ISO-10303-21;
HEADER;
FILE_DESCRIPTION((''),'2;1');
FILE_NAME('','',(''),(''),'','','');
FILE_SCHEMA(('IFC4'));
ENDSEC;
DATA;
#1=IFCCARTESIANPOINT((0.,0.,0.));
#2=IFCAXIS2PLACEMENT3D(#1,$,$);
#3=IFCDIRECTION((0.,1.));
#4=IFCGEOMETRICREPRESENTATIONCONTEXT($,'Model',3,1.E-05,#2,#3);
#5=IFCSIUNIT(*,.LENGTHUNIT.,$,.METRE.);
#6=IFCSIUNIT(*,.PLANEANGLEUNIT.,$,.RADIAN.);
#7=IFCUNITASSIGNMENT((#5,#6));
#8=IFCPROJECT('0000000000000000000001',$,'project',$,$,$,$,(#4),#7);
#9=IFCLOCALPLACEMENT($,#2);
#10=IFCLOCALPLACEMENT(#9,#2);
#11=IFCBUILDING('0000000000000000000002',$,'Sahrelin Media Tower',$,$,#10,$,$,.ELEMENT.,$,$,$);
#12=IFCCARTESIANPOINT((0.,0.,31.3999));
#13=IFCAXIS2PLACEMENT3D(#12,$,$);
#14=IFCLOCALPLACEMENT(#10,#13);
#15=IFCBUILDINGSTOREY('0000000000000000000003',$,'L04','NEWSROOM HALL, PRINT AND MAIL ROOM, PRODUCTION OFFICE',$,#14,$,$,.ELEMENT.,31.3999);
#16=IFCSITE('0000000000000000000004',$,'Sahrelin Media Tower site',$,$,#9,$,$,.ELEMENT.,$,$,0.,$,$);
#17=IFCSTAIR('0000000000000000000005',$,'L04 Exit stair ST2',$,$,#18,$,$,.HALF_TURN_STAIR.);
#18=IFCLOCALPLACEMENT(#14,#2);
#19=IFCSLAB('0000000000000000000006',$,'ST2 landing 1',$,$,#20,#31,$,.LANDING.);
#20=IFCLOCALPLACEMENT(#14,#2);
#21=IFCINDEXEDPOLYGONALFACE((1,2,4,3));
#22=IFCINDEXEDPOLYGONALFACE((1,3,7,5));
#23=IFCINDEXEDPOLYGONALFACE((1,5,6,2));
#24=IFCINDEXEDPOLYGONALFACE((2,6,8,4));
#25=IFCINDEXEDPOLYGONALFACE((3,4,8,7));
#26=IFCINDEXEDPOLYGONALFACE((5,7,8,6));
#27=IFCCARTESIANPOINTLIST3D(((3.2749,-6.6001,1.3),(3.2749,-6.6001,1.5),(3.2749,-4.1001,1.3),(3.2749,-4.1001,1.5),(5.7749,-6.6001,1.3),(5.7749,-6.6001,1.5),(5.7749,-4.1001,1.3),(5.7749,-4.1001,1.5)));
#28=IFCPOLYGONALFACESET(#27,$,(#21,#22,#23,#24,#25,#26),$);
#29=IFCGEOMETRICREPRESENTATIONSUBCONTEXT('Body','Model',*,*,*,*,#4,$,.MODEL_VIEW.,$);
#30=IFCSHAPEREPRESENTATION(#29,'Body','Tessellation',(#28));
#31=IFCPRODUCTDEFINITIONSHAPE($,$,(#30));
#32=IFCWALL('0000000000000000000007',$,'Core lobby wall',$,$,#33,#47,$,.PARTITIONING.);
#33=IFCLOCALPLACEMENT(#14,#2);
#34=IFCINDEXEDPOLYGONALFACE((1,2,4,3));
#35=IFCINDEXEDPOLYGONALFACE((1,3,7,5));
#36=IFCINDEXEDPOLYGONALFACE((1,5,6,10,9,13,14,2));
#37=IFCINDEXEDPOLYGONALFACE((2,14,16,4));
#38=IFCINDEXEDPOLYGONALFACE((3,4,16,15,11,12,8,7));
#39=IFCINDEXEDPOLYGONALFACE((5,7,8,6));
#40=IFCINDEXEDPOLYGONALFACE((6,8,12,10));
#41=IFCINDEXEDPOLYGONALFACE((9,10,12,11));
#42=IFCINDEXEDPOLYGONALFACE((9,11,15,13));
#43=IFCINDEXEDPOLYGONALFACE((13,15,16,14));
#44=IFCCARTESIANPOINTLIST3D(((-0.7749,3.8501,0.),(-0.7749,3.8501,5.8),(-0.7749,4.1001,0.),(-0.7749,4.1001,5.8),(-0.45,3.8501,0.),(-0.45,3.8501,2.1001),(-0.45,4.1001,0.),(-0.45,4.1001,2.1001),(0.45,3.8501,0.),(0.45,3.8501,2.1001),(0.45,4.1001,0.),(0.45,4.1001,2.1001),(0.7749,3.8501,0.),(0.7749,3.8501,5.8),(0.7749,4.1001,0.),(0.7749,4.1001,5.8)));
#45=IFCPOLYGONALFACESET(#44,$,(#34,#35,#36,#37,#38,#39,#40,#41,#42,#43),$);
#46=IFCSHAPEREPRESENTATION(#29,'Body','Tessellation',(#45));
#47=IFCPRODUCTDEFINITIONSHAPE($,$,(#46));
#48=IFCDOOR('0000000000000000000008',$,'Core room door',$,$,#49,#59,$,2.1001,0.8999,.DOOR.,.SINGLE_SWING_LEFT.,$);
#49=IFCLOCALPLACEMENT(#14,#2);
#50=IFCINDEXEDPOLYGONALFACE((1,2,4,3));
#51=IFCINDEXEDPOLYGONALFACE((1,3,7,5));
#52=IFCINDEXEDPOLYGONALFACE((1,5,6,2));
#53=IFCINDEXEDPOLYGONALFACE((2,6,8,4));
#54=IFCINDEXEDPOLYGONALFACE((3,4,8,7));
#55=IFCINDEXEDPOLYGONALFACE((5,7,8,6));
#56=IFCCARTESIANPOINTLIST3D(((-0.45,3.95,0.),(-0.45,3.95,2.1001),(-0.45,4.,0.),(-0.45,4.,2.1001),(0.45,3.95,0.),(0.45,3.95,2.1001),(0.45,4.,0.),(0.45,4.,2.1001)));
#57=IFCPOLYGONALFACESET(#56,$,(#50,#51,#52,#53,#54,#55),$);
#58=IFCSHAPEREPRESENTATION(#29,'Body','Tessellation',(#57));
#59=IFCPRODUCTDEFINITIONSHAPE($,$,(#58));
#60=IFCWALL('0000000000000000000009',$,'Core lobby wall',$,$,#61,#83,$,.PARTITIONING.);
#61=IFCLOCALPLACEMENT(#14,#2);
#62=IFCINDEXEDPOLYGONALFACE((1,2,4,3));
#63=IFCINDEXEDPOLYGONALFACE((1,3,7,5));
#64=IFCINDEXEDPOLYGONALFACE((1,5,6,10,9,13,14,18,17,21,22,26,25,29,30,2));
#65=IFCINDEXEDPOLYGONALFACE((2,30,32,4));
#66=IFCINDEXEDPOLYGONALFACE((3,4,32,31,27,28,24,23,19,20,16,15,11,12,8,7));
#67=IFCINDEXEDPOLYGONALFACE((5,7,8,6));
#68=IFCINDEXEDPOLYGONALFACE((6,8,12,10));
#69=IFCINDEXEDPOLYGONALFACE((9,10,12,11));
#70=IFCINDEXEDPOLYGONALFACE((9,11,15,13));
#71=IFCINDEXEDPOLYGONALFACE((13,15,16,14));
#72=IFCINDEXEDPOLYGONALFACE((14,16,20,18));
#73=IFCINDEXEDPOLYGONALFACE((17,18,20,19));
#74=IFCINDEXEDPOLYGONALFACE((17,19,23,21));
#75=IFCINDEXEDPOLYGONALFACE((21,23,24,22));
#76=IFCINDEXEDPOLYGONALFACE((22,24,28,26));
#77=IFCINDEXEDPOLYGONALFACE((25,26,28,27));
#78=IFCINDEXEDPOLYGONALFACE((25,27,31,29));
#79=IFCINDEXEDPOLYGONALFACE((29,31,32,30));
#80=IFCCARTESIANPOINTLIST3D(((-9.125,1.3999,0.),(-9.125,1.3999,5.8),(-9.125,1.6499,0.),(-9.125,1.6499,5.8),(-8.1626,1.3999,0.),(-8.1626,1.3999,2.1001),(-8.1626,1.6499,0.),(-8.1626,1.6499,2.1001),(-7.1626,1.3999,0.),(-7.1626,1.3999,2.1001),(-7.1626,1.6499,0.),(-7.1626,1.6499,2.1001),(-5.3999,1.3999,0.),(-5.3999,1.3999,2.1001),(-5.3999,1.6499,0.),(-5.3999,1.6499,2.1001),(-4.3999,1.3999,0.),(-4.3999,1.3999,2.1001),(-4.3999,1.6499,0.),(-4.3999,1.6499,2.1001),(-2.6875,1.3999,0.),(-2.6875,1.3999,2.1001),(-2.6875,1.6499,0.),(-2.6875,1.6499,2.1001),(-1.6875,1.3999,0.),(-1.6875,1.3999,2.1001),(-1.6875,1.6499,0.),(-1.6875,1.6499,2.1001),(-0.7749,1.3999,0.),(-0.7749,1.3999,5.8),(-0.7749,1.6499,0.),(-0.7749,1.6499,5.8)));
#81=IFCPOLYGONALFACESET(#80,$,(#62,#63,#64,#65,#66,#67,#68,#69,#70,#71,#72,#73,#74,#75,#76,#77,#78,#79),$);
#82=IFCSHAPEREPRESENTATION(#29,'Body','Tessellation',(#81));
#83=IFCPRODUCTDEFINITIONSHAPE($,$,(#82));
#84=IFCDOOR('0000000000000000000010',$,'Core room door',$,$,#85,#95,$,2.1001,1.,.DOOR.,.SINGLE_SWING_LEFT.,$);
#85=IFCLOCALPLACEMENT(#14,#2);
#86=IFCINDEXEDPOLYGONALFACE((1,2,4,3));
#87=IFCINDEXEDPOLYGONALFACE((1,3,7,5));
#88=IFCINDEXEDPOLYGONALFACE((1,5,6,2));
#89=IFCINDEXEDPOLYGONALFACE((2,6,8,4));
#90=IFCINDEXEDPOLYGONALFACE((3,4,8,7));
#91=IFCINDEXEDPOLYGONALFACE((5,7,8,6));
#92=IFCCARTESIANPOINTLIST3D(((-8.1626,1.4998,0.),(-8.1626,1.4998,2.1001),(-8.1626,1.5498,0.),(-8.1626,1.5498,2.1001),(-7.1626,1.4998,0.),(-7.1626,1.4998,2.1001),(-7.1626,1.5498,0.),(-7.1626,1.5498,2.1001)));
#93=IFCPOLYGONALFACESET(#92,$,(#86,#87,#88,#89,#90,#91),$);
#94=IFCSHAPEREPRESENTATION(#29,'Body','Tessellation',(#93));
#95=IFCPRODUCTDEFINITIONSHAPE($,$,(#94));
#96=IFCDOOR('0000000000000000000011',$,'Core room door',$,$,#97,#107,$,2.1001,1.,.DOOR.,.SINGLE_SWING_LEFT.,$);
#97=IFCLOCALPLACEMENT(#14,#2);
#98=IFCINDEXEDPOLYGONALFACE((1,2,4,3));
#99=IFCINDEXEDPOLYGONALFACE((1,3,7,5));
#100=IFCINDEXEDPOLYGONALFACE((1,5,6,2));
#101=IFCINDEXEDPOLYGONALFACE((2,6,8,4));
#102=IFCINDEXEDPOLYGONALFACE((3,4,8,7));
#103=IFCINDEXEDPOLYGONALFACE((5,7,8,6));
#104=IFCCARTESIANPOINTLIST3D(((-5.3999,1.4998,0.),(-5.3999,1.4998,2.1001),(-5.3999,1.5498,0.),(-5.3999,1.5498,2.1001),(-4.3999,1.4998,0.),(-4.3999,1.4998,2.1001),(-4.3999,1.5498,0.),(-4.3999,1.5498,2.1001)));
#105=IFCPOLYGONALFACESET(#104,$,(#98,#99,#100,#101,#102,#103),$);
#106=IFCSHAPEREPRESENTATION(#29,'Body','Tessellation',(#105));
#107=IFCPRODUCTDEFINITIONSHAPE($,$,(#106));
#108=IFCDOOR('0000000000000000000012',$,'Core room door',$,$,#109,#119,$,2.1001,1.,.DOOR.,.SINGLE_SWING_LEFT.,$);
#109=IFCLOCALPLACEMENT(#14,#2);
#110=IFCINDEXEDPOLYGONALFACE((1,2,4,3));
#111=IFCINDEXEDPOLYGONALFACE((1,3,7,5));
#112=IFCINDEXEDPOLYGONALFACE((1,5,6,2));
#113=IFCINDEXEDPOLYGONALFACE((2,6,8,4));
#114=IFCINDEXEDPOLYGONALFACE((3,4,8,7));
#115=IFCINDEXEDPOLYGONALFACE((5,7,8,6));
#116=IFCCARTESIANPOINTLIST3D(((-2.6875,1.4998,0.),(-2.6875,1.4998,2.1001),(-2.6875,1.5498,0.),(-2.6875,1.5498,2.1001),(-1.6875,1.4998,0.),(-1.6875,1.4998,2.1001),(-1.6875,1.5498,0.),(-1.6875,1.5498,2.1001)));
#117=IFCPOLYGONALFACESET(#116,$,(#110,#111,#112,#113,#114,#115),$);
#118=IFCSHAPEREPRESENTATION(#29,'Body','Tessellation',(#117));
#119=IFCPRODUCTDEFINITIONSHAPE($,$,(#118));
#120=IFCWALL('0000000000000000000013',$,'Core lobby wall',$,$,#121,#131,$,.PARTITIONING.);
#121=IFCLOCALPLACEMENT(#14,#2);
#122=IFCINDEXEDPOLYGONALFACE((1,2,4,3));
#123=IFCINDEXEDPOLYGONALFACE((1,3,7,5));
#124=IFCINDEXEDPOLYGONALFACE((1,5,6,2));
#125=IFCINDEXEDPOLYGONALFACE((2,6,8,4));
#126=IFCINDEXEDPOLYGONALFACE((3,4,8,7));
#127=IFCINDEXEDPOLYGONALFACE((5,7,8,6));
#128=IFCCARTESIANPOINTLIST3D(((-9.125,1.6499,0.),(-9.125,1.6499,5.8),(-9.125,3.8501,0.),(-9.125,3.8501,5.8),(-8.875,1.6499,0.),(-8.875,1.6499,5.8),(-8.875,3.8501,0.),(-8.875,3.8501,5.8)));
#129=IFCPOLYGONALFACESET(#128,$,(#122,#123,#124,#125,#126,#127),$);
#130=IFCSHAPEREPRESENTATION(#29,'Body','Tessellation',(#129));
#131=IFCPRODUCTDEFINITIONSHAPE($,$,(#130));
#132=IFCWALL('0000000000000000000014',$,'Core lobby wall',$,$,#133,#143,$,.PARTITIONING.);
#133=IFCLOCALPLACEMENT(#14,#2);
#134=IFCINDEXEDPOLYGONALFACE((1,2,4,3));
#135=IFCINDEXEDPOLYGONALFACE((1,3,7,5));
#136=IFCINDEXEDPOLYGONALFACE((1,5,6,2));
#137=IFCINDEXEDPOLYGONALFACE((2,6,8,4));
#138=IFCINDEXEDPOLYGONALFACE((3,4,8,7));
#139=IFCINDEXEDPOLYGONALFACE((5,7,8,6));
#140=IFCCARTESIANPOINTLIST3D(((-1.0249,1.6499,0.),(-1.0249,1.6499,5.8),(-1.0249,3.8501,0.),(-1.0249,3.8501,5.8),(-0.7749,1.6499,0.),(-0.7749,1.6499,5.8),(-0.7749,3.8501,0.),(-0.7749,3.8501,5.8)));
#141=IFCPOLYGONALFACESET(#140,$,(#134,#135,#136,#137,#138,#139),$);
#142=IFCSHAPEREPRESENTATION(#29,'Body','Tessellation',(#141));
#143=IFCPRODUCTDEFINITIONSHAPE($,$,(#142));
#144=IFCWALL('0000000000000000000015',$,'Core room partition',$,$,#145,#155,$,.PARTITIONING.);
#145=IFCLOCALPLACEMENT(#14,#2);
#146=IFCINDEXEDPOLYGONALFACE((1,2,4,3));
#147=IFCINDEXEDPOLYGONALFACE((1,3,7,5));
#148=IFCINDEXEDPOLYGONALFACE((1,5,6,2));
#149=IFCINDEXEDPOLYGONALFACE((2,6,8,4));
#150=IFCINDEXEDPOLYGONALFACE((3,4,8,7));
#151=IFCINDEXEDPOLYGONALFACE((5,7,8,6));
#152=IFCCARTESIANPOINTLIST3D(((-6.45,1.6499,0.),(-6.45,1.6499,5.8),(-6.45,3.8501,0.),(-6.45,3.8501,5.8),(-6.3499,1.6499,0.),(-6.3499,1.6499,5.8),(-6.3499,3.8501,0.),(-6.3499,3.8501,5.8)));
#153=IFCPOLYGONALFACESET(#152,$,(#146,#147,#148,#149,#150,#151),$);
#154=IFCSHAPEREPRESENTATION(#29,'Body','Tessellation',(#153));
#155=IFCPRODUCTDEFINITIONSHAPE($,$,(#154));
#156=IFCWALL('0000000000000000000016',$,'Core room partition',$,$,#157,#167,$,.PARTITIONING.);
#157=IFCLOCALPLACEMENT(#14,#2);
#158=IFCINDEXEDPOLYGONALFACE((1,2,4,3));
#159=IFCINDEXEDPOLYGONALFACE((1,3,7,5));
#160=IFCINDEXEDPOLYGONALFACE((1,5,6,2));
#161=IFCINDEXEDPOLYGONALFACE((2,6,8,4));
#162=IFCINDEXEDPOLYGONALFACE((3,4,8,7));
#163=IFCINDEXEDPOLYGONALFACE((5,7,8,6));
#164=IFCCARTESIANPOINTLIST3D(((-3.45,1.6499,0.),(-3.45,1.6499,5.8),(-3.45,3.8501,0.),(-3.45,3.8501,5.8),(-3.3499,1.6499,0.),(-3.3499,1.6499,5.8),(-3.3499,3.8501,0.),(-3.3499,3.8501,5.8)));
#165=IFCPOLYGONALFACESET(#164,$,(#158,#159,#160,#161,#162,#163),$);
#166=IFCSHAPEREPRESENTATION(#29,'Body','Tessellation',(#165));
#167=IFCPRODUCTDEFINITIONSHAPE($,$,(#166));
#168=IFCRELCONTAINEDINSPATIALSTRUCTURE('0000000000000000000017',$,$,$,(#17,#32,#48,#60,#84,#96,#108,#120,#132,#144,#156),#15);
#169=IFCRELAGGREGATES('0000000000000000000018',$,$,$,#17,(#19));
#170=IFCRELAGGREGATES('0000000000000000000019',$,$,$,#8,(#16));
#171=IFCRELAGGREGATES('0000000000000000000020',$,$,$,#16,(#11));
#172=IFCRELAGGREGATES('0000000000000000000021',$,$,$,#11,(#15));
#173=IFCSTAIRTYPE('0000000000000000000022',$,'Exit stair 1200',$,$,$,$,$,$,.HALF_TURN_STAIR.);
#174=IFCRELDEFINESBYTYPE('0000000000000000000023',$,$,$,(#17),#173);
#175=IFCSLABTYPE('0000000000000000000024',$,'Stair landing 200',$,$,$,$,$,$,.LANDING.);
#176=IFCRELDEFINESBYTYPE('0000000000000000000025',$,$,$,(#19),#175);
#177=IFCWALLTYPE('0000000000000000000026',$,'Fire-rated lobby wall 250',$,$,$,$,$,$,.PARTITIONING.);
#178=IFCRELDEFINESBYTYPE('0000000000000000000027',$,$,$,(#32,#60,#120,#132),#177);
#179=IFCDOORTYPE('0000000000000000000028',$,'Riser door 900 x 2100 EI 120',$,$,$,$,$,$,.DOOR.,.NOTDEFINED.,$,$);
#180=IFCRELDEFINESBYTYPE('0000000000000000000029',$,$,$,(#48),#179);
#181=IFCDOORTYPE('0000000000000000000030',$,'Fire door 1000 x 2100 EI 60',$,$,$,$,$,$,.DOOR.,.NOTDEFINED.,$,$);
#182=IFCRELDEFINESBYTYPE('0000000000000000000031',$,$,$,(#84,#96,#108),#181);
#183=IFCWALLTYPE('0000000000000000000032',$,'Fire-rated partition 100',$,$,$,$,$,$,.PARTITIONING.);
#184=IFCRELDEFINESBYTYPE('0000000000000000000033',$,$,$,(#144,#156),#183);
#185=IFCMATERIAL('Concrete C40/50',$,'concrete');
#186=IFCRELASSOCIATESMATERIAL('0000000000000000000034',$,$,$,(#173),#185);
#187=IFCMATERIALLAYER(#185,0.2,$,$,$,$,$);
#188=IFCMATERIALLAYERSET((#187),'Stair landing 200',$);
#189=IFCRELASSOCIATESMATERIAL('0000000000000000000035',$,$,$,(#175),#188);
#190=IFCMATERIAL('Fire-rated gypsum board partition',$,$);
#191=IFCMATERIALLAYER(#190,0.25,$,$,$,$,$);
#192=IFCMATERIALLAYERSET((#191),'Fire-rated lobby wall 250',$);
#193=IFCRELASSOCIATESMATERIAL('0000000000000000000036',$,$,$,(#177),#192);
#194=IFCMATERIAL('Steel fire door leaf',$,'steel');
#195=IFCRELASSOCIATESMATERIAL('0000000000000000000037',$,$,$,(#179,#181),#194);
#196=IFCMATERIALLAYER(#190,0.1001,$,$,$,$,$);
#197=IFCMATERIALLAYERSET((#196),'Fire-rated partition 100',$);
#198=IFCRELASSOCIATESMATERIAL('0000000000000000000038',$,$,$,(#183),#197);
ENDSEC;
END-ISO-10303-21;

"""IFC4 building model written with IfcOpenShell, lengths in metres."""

from ifc_helpers import new_model, si_unit, direction, frame, frame_2d, origin, place, context, subcontext, project, spatial, polyline, rectangle, outline, extrude, material, layer, layer_set, type_object, element, fill, aggregate, save


model = new_model("IFC4")

# Units and contexts
model_context = context("Model", 3, precision=1e-05, world=origin(), true_north=direction((0.0, 1.0)))
body_context = subcontext(model_context, "Body", "Model", "MODEL_VIEW")
ifc_project = project(units=[si_unit("LENGTHUNIT", "METRE"), si_unit("PLANEANGLEUNIT", "RADIAN")], contexts=[model_context])

# Site, building, storey
site_placement = place(None, origin())
site = spatial("IfcSite", under=ifc_project, at=site_placement, Name="Sahrelin Media Tower site", CompositionType="ELEMENT", RefElevation=0.0)
building_placement = place(site_placement, origin())
building = spatial("IfcBuilding", under=site, at=building_placement, Name="Sahrelin Media Tower", CompositionType="ELEMENT")
storey_placement = place(building_placement, frame((0.0, 0.0, 31.3999)))
storey = spatial("IfcBuildingStorey", under=building, at=storey_placement, Name="L04", Description="NEWSROOM HALL, PRINT AND MAIL ROOM, PRODUCTION OFFICE", CompositionType="ELEMENT", Elevation=31.3999)

# Shared definitions
ifc_material_1 = material(Name="Concrete C40/50", Category="concrete")
stair_type = type_object("IfcStairType", Name="Exit stair 1200", PredefinedType="HALF_TURN_STAIR", material=ifc_material_1)
placement = place(storey_placement, origin())
ifc_layer_1 = layer(ifc_material_1, 0.2)
ifc_layer_set_1 = layer_set([ifc_layer_1], Name="Stair landing 200")
slab_type = type_object("IfcSlabType", Name="Stair landing 200", PredefinedType="LANDING", material=ifc_layer_set_1)

# Stair, slab
stair_1 = element("IfcStair", 1, at=placement, inside=storey, type_object=stair_type, Name="L04 Exit stair ST2", PredefinedType="HALF_TURN_STAIR")
slab_1_placement = place(storey_placement, frame((0.0, 0.0, 1.3)))
slab_1 = element("IfcSlab", 2, at=slab_1_placement, type_object=slab_type, Name="ST2 landing 1", PredefinedType="LANDING", context=body_context, shape_type="SweptSolid", body=[
    extrude(outline(polyline([(5.7749, -4.1001), (3.2749, -4.1001), (3.2749, -6.6001), (5.7749, -6.6001), (5.7749, -4.1001)])), origin(), (0.0, 0.0, 1.0), 0.2),
])
aggregate(stair_1, [slab_1])

# Wall, opening, door
ifc_material_2 = material(Name="Fire-rated gypsum board partition")
ifc_layer_2 = layer(ifc_material_2, 0.25)
ifc_layer_set_2 = layer_set([ifc_layer_2], Name="Fire-rated lobby wall 250")
wall_type_1 = type_object("IfcWallType", Name="Fire-rated lobby wall 250", PredefinedType="PARTITIONING", material=ifc_layer_set_2)
wall_1_placement = place(storey_placement, frame((-0.7749, 3.9751, 0.0), z_axis=(0.0, 0.0, 1.0), x_axis=(1.0, 0.0, 0.0)))
wall_1 = element("IfcWall", 3, at=wall_1_placement, inside=storey, type_object=wall_type_1, Name="Core lobby wall", PredefinedType="PARTITIONING", context=body_context, shape_type="SweptSolid", body=[
    extrude(rectangle(XDim=1.5498, YDim=0.25, at=frame_2d((0.7749, 0.0))), origin(), (0.0, 0.0, 1.0), 5.8),
])
opening_1_placement = place(wall_1_placement, frame((0.325, 0.0, 0.0)))
opening_1 = element("IfcOpeningElement", 4, at=opening_1_placement, cuts=wall_1, PredefinedType="OPENING", context=body_context, shape_type="SweptSolid", body=[
    extrude(rectangle(XDim=0.8999, YDim=2.1001, at=frame_2d((0.45, 1.05))), frame((0.0, 0.125, 0.0), z_axis=(0.0, -1.0, 0.0), x_axis=(1.0, 0.0, 0.0)), (0.0, 0.0, 1.0), 0.25),
])
ifc_material_3 = material(Name="Steel fire door leaf", Category="steel")
door_type_1 = type_object("IfcDoorType", Name="Riser door 900 x 2100 EI 120", OperationType="NOTDEFINED", PredefinedType="DOOR", material=ifc_material_3)
door_1_placement = place(opening_1_placement, origin())
door_1 = element("IfcDoor", 5, at=door_1_placement, inside=storey, type_object=door_type_1, Name="Core room door", OperationType="SINGLE_SWING_LEFT", OverallHeight=2.1001, OverallWidth=0.8999, PredefinedType="DOOR", context=body_context, shape_type="SweptSolid", body=[
    extrude(rectangle(XDim=0.8999, YDim=2.1001, at=frame_2d((0.45, 1.05))), frame((0.0, 0.0249, 0.0), z_axis=(0.0, -1.0, 0.0), x_axis=(1.0, 0.0, 0.0)), (0.0, 0.0, 1.0), 0.05),
])
fill(opening_1, door_1)

# Wall, openings, doors
wall_2_placement = place(storey_placement, frame((-9.125, 1.5249, 0.0), z_axis=(0.0, 0.0, 1.0), x_axis=(1.0, 0.0, 0.0)))
wall_2 = element("IfcWall", 6, at=wall_2_placement, inside=storey, type_object=wall_type_1, Name="Core lobby wall", PredefinedType="PARTITIONING", context=body_context, shape_type="SweptSolid", body=[
    extrude(rectangle(XDim=8.3501, YDim=0.25, at=frame_2d((4.175, 0.0))), origin(), (0.0, 0.0, 1.0), 5.8),
])
opening_2_placement = place(wall_2_placement, frame((0.9624, 0.0, 0.0)))
opening_2 = element("IfcOpeningElement", 7, at=opening_2_placement, cuts=wall_2, PredefinedType="OPENING", context=body_context, shape_type="SweptSolid", body=[
    extrude(rectangle(XDim=1.0, YDim=2.1001, at=frame_2d((0.5, 1.05))), frame((0.0, 0.125, 0.0), z_axis=(0.0, -1.0, 0.0), x_axis=(1.0, 0.0, 0.0)), (0.0, 0.0, 1.0), 0.25),
])
opening_3_placement = place(wall_2_placement, frame((3.7251, 0.0, 0.0)))
opening_3 = element("IfcOpeningElement", 8, at=opening_3_placement, cuts=wall_2, PredefinedType="OPENING", context=body_context, shape_type="SweptSolid", body=[
    extrude(rectangle(XDim=1.0, YDim=2.1001, at=frame_2d((0.5, 1.05))), frame((0.0, 0.125, 0.0), z_axis=(0.0, -1.0, 0.0), x_axis=(1.0, 0.0, 0.0)), (0.0, 0.0, 1.0), 0.25),
])
opening_4_placement = place(wall_2_placement, frame((6.4375, 0.0, 0.0)))
opening_4 = element("IfcOpeningElement", 9, at=opening_4_placement, cuts=wall_2, PredefinedType="OPENING", context=body_context, shape_type="SweptSolid", body=[
    extrude(rectangle(XDim=1.0, YDim=2.1001, at=frame_2d((0.5, 1.05))), frame((0.0, 0.125, 0.0), z_axis=(0.0, -1.0, 0.0), x_axis=(1.0, 0.0, 0.0)), (0.0, 0.0, 1.0), 0.25),
])
door_type_2 = type_object("IfcDoorType", Name="Fire door 1000 x 2100 EI 60", OperationType="NOTDEFINED", PredefinedType="DOOR", material=ifc_material_3)
door_2_placement = place(opening_2_placement, origin())
door_2 = element("IfcDoor", 10, at=door_2_placement, inside=storey, type_object=door_type_2, Name="Core room door", OperationType="SINGLE_SWING_LEFT", OverallHeight=2.1001, OverallWidth=1.0, PredefinedType="DOOR", context=body_context, shape_type="SweptSolid", body=[
    extrude(rectangle(XDim=1.0, YDim=2.1001, at=frame_2d((0.5, 1.05))), frame((0.0, 0.0249, 0.0), z_axis=(0.0, -1.0, 0.0), x_axis=(1.0, 0.0, 0.0)), (0.0, 0.0, 1.0), 0.05),
])
fill(opening_2, door_2)
door_3_placement = place(opening_3_placement, origin())
door_3 = element("IfcDoor", 11, at=door_3_placement, inside=storey, type_object=door_type_2, Name="Core room door", OperationType="SINGLE_SWING_LEFT", OverallHeight=2.1001, OverallWidth=1.0, PredefinedType="DOOR", context=body_context, shape_type="SweptSolid", body=[
    extrude(rectangle(XDim=1.0, YDim=2.1001, at=frame_2d((0.5, 1.05))), frame((0.0, 0.0249, 0.0), z_axis=(0.0, -1.0, 0.0), x_axis=(1.0, 0.0, 0.0)), (0.0, 0.0, 1.0), 0.05),
])
fill(opening_3, door_3)
door_4_placement = place(opening_4_placement, origin())
door_4 = element("IfcDoor", 12, at=door_4_placement, inside=storey, type_object=door_type_2, Name="Core room door", OperationType="SINGLE_SWING_LEFT", OverallHeight=2.1001, OverallWidth=1.0, PredefinedType="DOOR", context=body_context, shape_type="SweptSolid", body=[
    extrude(rectangle(XDim=1.0, YDim=2.1001, at=frame_2d((0.5, 1.05))), frame((0.0, 0.0249, 0.0), z_axis=(0.0, -1.0, 0.0), x_axis=(1.0, 0.0, 0.0)), (0.0, 0.0, 1.0), 0.05),
])
fill(opening_4, door_4)

# Walls
for number, where, z_axis, x_axis, name in (
    (13, (-9.0, 1.6499, 0.0), (0.0, 0.0, 1.0), (0.0, 1.0, 0.0), "Core lobby wall"),
    (14, (-0.8999, 1.6499, 0.0), (0.0, 0.0, 1.0), (0.0, 1.0, 0.0), "Core lobby wall"),
):
    element("IfcWall", number, at=place(storey_placement, frame(where, z_axis=z_axis, x_axis=x_axis)), inside=storey, type_object=wall_type_1, Name=name, PredefinedType="PARTITIONING", context=body_context, shape_type="SweptSolid", body=[
        extrude(rectangle(XDim=2.2002, YDim=0.25, at=frame_2d((1.1001, 0.0))), origin(), (0.0, 0.0, 1.0), 5.8),
    ])
ifc_layer_3 = layer(ifc_material_2, 0.1001)
ifc_layer_set_3 = layer_set([ifc_layer_3], Name="Fire-rated partition 100")
wall_type_2 = type_object("IfcWallType", Name="Fire-rated partition 100", PredefinedType="PARTITIONING", material=ifc_layer_set_3)
for number, where, z_axis, x_axis, name in (
    (15, (-6.3999, 1.6499, 0.0), (0.0, 0.0, 1.0), (0.0, 1.0, 0.0), "Core room partition"),
    (16, (-3.3999, 1.6499, 0.0), (0.0, 0.0, 1.0), (0.0, 1.0, 0.0), "Core room partition"),
):
    element("IfcWall", number, at=place(storey_placement, frame(where, z_axis=z_axis, x_axis=x_axis)), inside=storey, type_object=wall_type_2, Name=name, PredefinedType="PARTITIONING", context=body_context, shape_type="SweptSolid", body=[
        extrude(rectangle(XDim=2.2002, YDim=0.1001, at=frame_2d((1.1001, 0.0))), origin(), (0.0, 0.0, 1.0), 5.8),
    ])

save(model, "model.ifc")
